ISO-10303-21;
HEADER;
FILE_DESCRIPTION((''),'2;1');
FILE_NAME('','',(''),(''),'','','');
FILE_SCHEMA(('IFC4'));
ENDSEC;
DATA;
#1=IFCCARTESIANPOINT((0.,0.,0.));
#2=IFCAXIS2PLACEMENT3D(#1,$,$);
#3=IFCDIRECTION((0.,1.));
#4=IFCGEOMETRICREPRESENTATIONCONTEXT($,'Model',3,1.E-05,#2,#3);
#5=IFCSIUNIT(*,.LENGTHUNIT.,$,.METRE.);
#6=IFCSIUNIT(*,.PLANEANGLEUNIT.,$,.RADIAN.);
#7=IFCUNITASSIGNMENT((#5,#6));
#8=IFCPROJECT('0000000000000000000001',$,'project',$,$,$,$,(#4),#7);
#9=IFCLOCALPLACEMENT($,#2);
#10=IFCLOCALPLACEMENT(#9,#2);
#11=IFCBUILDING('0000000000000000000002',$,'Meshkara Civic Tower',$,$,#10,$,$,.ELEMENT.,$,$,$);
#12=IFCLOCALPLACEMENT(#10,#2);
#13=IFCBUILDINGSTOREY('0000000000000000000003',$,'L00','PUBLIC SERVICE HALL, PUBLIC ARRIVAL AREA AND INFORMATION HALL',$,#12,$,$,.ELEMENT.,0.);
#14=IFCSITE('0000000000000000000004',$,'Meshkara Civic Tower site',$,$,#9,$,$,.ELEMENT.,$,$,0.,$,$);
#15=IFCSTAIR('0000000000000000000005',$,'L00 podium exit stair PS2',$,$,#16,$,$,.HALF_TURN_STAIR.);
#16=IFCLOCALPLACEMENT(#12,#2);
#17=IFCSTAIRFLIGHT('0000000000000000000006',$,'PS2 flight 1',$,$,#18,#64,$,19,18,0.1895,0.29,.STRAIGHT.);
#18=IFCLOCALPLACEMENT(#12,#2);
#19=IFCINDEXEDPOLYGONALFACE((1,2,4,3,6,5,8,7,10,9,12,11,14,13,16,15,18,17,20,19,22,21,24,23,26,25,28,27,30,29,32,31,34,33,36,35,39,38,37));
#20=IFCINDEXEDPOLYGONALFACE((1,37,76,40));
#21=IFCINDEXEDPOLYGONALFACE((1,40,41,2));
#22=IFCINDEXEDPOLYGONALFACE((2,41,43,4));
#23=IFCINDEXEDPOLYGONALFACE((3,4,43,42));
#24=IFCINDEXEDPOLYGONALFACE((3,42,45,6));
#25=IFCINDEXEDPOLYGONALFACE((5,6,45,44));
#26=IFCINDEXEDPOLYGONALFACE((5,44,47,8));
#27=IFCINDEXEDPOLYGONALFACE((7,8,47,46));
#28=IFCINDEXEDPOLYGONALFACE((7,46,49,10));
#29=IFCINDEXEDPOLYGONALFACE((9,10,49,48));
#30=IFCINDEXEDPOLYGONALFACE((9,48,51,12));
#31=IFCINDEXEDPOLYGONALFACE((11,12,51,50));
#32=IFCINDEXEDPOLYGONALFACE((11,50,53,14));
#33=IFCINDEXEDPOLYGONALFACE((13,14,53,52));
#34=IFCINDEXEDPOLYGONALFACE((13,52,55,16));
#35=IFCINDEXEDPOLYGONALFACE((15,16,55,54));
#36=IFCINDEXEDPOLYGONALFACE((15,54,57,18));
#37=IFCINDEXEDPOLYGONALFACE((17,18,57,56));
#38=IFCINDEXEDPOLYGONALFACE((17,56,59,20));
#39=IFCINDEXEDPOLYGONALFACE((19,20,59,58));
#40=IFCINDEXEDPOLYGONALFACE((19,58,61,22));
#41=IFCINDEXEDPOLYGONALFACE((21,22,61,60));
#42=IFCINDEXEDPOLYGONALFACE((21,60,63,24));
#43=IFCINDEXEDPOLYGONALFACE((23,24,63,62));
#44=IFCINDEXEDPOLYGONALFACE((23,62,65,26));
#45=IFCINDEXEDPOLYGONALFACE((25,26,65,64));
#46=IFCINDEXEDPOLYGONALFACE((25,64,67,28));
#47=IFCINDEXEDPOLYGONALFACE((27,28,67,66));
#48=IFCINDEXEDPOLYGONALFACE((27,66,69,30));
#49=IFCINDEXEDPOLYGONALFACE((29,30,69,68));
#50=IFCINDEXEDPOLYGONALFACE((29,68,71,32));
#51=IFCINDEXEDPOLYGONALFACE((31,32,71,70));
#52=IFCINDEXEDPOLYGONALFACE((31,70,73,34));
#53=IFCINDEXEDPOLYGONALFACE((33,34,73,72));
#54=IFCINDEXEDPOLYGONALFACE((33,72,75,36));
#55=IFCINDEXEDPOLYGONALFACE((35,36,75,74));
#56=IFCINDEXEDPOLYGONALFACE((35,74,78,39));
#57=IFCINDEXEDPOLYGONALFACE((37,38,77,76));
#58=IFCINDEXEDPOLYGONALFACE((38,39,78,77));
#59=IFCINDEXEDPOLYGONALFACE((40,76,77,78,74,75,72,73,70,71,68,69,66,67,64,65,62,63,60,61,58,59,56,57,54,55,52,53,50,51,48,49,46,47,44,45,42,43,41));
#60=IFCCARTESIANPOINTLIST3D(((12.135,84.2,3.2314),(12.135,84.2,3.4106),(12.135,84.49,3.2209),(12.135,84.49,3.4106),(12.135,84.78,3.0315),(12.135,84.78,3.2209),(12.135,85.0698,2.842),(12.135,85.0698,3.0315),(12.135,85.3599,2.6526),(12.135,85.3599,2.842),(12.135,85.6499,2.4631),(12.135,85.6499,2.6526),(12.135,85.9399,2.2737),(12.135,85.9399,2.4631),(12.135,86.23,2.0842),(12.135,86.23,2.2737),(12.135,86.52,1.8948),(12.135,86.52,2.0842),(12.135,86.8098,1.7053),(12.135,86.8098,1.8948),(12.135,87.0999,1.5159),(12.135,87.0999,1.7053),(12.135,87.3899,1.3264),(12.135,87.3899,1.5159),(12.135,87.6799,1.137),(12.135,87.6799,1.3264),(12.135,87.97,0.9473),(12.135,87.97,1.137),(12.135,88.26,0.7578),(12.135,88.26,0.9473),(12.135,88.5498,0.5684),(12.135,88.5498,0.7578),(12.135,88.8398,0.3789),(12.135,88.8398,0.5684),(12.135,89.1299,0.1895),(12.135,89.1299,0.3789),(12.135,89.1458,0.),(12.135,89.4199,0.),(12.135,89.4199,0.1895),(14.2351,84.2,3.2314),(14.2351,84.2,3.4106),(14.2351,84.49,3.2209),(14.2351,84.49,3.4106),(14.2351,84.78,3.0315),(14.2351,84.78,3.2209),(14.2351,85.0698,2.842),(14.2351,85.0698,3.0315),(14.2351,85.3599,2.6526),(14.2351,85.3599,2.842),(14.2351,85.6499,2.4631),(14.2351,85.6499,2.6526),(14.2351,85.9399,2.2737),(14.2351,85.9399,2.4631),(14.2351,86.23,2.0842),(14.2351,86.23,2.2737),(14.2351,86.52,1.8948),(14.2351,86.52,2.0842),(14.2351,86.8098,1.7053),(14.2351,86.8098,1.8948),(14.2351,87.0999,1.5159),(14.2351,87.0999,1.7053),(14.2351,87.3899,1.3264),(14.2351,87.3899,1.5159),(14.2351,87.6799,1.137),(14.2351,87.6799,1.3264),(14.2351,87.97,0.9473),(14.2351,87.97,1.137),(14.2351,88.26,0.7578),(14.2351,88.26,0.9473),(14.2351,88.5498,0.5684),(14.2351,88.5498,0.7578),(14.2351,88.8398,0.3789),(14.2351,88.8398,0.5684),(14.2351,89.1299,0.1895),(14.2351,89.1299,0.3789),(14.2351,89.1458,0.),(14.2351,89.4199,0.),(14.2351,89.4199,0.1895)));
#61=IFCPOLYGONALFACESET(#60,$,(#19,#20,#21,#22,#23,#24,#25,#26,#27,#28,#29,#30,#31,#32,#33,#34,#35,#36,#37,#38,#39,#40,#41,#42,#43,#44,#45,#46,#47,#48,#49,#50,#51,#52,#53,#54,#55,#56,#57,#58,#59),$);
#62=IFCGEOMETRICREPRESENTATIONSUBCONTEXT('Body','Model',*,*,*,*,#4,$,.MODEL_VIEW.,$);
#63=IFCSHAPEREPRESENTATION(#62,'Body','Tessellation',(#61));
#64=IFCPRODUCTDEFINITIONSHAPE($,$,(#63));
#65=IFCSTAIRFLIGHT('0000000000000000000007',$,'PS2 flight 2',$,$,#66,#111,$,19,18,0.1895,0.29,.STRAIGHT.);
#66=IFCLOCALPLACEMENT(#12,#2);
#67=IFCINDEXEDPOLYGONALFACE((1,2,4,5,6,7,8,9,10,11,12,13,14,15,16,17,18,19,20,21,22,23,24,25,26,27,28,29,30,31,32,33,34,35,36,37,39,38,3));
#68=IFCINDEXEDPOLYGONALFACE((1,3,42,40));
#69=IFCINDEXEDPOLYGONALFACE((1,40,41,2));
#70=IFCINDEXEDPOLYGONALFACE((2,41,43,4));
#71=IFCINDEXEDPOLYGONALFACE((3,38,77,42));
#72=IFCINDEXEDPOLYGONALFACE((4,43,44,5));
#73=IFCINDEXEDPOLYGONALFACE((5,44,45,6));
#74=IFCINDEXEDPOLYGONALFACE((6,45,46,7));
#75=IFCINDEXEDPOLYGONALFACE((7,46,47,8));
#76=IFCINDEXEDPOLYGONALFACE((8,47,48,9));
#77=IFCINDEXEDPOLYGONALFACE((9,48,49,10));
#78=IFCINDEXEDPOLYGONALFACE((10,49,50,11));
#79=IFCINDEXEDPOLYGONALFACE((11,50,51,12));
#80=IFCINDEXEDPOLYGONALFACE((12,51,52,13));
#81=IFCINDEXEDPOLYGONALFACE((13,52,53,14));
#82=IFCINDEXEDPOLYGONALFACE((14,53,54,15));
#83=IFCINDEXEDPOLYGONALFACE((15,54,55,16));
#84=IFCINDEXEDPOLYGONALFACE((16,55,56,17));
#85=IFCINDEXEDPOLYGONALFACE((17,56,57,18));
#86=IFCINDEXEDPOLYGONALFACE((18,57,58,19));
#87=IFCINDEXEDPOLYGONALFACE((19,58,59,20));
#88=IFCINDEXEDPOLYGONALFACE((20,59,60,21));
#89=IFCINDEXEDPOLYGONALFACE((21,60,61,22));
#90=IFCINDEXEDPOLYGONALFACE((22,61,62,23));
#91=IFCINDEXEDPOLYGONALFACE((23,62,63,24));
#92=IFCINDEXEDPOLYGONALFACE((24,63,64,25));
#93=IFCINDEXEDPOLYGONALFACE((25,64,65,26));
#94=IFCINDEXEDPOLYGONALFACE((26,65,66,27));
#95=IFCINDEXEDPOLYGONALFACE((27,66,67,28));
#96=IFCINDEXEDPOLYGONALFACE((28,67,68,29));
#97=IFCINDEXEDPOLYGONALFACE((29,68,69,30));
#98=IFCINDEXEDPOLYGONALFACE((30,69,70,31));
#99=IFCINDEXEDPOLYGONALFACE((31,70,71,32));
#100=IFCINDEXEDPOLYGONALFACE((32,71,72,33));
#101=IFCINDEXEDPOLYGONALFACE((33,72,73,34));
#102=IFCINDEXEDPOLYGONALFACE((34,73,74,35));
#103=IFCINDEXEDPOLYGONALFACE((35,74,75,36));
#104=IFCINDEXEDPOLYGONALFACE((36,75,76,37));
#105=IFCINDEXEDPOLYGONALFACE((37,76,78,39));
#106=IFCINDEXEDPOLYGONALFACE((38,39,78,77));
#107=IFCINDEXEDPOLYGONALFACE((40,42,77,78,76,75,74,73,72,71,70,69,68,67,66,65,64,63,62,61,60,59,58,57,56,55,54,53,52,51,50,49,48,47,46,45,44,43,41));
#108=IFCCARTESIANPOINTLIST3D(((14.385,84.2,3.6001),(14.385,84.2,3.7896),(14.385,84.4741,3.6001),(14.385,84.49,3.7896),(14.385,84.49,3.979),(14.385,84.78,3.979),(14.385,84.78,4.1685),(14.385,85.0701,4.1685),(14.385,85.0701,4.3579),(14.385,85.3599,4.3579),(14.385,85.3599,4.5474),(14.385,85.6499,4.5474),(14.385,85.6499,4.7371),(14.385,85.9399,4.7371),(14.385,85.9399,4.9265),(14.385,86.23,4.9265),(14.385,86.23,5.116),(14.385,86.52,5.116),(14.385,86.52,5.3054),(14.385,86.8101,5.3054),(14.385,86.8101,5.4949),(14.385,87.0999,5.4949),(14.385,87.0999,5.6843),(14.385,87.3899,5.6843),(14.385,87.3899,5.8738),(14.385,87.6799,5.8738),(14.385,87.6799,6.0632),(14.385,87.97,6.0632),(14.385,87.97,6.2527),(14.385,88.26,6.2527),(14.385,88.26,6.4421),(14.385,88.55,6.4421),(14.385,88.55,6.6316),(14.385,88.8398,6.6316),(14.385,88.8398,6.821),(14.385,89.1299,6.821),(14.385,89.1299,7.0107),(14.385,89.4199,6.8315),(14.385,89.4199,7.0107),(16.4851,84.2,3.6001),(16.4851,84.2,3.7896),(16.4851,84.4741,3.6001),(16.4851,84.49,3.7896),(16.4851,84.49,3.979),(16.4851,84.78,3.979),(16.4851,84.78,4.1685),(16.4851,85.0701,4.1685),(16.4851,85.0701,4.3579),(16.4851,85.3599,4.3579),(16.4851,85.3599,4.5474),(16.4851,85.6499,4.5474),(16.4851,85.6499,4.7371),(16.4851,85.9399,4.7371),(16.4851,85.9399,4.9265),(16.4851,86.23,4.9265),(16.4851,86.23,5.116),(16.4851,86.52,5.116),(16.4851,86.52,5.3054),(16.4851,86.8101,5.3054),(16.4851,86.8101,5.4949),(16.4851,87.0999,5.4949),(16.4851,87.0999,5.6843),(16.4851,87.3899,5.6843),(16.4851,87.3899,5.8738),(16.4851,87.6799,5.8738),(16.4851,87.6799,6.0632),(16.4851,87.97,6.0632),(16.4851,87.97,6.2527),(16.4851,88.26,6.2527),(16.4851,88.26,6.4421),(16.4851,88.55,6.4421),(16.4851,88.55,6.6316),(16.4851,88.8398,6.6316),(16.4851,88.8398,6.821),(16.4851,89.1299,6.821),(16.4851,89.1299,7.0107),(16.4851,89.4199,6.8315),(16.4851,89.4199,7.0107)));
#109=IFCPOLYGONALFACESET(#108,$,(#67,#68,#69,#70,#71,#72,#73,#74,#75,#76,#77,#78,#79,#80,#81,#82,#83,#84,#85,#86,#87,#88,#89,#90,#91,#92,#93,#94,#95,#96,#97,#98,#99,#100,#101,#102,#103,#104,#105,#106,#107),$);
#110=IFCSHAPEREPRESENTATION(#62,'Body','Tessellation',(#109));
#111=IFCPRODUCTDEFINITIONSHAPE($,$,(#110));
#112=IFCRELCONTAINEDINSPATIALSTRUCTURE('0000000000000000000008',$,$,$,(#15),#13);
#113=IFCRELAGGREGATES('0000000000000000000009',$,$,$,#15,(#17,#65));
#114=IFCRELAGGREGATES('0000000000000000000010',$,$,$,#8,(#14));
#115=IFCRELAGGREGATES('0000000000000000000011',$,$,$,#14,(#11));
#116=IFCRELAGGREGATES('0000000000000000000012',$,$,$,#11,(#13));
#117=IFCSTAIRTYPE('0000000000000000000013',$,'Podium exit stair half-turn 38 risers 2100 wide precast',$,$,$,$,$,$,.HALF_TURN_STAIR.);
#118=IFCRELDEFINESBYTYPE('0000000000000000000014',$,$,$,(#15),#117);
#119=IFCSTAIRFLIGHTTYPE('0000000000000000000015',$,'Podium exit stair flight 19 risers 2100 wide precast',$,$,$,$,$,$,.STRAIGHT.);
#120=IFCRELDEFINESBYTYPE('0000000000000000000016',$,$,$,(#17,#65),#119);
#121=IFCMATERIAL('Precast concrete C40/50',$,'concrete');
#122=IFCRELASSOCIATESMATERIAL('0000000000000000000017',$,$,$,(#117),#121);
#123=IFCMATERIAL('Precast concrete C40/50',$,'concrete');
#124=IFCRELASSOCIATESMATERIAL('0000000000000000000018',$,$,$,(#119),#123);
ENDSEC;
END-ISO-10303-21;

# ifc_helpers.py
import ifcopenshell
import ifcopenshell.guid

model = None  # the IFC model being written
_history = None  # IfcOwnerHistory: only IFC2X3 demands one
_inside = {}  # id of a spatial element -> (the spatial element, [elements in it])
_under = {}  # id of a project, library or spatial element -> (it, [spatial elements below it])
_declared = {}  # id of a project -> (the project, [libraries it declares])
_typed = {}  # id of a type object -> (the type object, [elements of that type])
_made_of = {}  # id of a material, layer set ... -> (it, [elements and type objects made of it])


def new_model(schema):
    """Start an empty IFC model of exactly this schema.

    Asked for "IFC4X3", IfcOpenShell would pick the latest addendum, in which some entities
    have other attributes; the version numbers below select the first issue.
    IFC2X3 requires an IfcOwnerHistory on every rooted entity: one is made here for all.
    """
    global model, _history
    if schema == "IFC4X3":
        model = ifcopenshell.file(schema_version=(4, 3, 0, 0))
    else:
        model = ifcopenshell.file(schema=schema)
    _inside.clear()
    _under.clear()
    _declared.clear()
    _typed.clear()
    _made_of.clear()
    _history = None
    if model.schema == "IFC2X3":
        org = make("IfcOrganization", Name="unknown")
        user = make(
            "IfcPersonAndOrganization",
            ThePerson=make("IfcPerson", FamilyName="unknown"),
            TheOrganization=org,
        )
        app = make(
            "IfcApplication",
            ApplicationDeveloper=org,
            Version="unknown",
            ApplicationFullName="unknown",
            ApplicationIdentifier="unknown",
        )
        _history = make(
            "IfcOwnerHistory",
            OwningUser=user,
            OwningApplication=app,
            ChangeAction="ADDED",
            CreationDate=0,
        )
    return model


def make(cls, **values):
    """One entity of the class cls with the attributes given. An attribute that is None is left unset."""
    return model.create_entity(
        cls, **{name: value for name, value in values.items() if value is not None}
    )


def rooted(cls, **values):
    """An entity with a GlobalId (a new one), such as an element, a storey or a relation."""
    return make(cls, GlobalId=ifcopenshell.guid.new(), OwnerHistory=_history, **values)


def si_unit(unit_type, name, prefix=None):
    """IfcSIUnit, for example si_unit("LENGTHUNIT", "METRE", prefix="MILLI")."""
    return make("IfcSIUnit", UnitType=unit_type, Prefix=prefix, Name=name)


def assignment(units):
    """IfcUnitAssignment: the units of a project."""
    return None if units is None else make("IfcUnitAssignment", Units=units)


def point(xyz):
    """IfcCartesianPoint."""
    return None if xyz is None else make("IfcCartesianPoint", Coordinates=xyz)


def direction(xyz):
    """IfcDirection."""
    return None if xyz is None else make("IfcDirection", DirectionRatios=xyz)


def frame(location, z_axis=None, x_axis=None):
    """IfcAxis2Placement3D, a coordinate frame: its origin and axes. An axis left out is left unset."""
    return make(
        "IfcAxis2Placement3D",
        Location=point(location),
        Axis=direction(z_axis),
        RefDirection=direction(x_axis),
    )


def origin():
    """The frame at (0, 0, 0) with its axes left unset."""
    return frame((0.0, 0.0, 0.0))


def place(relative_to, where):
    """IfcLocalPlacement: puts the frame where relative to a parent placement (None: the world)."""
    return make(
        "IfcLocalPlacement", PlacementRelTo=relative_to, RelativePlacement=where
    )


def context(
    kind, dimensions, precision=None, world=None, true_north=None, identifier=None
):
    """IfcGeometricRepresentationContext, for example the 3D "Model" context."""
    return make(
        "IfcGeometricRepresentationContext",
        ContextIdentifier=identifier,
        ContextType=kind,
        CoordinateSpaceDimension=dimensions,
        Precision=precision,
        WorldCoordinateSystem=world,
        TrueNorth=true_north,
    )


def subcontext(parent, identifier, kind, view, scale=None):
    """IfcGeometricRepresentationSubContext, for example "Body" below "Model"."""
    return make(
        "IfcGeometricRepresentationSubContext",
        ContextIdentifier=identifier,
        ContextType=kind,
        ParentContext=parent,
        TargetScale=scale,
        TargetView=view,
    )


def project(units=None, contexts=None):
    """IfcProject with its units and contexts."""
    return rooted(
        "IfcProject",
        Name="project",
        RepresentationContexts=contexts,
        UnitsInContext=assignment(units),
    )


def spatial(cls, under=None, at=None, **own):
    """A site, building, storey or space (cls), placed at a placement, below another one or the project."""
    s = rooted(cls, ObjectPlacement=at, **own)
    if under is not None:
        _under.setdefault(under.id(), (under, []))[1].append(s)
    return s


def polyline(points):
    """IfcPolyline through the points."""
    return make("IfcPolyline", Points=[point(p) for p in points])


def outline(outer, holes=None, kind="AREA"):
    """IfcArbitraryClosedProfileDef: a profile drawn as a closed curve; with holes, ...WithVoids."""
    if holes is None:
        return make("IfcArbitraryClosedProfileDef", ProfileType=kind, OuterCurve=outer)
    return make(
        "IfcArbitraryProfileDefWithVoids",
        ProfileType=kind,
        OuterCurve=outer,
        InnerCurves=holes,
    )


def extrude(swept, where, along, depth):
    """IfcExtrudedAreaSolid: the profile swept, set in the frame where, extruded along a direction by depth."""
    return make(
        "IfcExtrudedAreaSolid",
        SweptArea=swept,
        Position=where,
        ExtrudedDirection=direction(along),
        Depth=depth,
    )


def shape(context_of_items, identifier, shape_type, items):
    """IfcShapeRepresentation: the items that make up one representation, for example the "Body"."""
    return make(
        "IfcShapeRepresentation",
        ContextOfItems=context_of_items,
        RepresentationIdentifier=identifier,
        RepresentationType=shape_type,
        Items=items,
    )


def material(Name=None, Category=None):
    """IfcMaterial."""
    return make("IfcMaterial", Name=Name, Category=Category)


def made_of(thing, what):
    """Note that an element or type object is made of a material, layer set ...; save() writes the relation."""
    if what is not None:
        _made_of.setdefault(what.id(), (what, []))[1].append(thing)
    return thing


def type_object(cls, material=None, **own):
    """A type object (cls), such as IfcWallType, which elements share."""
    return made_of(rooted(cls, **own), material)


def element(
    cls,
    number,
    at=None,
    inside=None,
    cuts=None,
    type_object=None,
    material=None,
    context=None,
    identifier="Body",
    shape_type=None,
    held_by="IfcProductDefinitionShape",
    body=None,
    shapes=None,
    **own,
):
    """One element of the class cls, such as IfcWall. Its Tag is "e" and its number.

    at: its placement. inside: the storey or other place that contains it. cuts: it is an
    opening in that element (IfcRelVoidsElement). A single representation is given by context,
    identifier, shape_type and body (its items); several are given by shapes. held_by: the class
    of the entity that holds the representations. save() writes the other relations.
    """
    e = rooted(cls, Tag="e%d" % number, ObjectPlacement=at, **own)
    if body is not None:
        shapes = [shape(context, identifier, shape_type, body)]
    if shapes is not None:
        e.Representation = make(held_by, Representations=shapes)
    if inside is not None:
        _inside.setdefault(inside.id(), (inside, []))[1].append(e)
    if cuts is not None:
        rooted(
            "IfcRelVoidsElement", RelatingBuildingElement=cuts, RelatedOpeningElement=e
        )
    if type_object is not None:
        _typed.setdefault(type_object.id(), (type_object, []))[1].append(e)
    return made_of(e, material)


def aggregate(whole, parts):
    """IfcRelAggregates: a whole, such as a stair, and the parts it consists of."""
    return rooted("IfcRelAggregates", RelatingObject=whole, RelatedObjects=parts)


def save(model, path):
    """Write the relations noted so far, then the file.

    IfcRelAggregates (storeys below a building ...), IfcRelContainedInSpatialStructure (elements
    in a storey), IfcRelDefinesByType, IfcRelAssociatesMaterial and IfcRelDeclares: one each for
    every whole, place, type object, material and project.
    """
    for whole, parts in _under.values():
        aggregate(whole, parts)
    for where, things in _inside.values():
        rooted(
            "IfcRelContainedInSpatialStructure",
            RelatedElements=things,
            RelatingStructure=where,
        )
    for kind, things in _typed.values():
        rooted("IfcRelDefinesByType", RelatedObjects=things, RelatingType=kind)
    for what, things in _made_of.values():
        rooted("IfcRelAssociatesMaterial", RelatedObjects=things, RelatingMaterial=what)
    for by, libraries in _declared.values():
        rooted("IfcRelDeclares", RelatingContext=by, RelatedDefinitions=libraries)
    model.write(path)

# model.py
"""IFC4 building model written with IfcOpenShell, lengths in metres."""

from ifc_helpers import new_model, si_unit, direction, frame, origin, place, context, subcontext, project, spatial, polyline, outline, extrude, material, type_object, element, aggregate, save


model = new_model("IFC4")

# Units and contexts
model_context = context("Model", 3, precision=1e-05, world=origin(), true_north=direction((0.0, 1.0)))
body_context = subcontext(model_context, "Body", "Model", "MODEL_VIEW")
ifc_project = project(units=[si_unit("LENGTHUNIT", "METRE"), si_unit("PLANEANGLEUNIT", "RADIAN")], contexts=[model_context])

# Site, building, storey
site_placement = place(None, origin())
site = spatial("IfcSite", under=ifc_project, at=site_placement, Name="Meshkara Civic Tower site", CompositionType="ELEMENT", RefElevation=0.0)
building_placement = place(site_placement, origin())
building = spatial("IfcBuilding", under=site, at=building_placement, Name="Meshkara Civic Tower", CompositionType="ELEMENT")
storey_placement = place(building_placement, origin())
storey = spatial("IfcBuildingStorey", under=building, at=storey_placement, Name="L00", Description="PUBLIC SERVICE HALL, PUBLIC ARRIVAL AREA AND INFORMATION HALL", CompositionType="ELEMENT", Elevation=0.0)

# Shared definitions
ifc_material_1 = material(Name="Precast concrete C40/50", Category="concrete")
stair_type = type_object("IfcStairType", Name="Podium exit stair half-turn 38 risers 2100 wide precast", PredefinedType="HALF_TURN_STAIR", material=ifc_material_1)
ifc_material_2 = material(Name="Precast concrete C40/50", Category="concrete")
stair_flight_type = type_object("IfcStairFlightType", Name="Podium exit stair flight 19 risers 2100 wide precast", PredefinedType="STRAIGHT", material=ifc_material_2)

# Stair, stair flights
stair_1_placement = place(storey_placement, origin())
stair_1 = element("IfcStair", 1, at=stair_1_placement, inside=storey, type_object=stair_type, Name="L00 podium exit stair PS2", PredefinedType="HALF_TURN_STAIR")
stair_flight_1_placement = place(storey_placement, frame((13.1851, 89.4199, 0.0), z_axis=(0.0, 0.0, 1.0), x_axis=(0.0, -1.0, 0.0)))
stair_flight_1 = element("IfcStairFlight", 2, at=stair_flight_1_placement, type_object=stair_flight_type, Name="PS2 flight 1", NumberOfRisers=19, NumberOfTreads=18, PredefinedType="STRAIGHT", RiserHeight=0.1895, TreadLength=0.29, context=body_context, shape_type="SweptSolid", body=[
    extrude(outline(polyline([(0.0, 0.0), (0.0, 0.1895), (0.29, 0.1895), (0.29, 0.3789), (0.5801, 0.3789), (0.5801, 0.5684), (0.8701, 0.5684), (0.8701, 0.7578), (1.1599, 0.7578), (1.1599, 0.9473), (1.45, 0.9473), (1.45, 1.137), (1.74, 1.137), (1.74, 1.3264), (2.03, 1.3264), (2.03, 1.5159), (2.3201, 1.5159), (2.3201, 1.7053), (2.6101, 1.7053), (2.6101, 1.8948), (2.8999, 1.8948), (2.8999, 2.0842), (3.1899, 2.0842), (3.1899, 2.2737), (3.48, 2.2737), (3.48, 2.4631), (3.77, 2.4631), (3.77, 2.6526), (4.0601, 2.6526), (4.0601, 2.842), (4.3501, 2.842), (4.3501, 3.0315), (4.6399, 3.0315), (4.6399, 3.2209), (4.9299, 3.2209), (4.9299, 3.4106), (5.22, 3.4106), (5.22, 3.6001), (5.22, 3.2314), (0.2742, 0.0), (0.0, 0.0)])), frame((0.0, 1.05, 0.0), z_axis=(0.0, -1.0, 0.0), x_axis=(1.0, 0.0, 0.0)), (0.0, 0.0, 1.0), 2.1001),
])
stair_flight_2_placement = place(storey_placement, frame((15.4351, 84.2, 3.6001), z_axis=(0.0, 0.0, 1.0), x_axis=(0.0, 1.0, 0.0)))
stair_flight_2 = element("IfcStairFlight", 3, at=stair_flight_2_placement, type_object=stair_flight_type, Name="PS2 flight 2", NumberOfRisers=19, NumberOfTreads=18, PredefinedType="STRAIGHT", RiserHeight=0.1895, TreadLength=0.29, context=body_context, shape_type="SweptSolid", body=[
    extrude(outline(polyline([(0.0, 0.0), (0.0, 0.1895), (0.29, 0.1895), (0.29, 0.3789), (0.5801, 0.3789), (0.5801, 0.5684), (0.8701, 0.5684), (0.8701, 0.7578), (1.1599, 0.7578), (1.1599, 0.9473), (1.45, 0.9473), (1.45, 1.137), (1.74, 1.137), (1.74, 1.3264), (2.03, 1.3264), (2.03, 1.5159), (2.3201, 1.5159), (2.3201, 1.7053), (2.6101, 1.7053), (2.6101, 1.8948), (2.8999, 1.8948), (2.8999, 2.0842), (3.1899, 2.0842), (3.1899, 2.2737), (3.48, 2.2737), (3.48, 2.4631), (3.77, 2.4631), (3.77, 2.6526), (4.0601, 2.6526), (4.0601, 2.842), (4.3501, 2.842), (4.3501, 3.0315), (4.6399, 3.0315), (4.6399, 3.2209), (4.9299, 3.2209), (4.9299, 3.4106), (5.22, 3.4106), (5.22, 3.6001), (5.22, 3.2314), (0.2742, 0.0), (0.0, 0.0)])), frame((0.0, 1.05, 0.0), z_axis=(0.0, -1.0, 0.0), x_axis=(1.0, 0.0, 0.0)), (0.0, 0.0, 1.0), 2.1001),
])
aggregate(stair_1, [stair_flight_1, stair_flight_2])

save(model, "model.ifc")
